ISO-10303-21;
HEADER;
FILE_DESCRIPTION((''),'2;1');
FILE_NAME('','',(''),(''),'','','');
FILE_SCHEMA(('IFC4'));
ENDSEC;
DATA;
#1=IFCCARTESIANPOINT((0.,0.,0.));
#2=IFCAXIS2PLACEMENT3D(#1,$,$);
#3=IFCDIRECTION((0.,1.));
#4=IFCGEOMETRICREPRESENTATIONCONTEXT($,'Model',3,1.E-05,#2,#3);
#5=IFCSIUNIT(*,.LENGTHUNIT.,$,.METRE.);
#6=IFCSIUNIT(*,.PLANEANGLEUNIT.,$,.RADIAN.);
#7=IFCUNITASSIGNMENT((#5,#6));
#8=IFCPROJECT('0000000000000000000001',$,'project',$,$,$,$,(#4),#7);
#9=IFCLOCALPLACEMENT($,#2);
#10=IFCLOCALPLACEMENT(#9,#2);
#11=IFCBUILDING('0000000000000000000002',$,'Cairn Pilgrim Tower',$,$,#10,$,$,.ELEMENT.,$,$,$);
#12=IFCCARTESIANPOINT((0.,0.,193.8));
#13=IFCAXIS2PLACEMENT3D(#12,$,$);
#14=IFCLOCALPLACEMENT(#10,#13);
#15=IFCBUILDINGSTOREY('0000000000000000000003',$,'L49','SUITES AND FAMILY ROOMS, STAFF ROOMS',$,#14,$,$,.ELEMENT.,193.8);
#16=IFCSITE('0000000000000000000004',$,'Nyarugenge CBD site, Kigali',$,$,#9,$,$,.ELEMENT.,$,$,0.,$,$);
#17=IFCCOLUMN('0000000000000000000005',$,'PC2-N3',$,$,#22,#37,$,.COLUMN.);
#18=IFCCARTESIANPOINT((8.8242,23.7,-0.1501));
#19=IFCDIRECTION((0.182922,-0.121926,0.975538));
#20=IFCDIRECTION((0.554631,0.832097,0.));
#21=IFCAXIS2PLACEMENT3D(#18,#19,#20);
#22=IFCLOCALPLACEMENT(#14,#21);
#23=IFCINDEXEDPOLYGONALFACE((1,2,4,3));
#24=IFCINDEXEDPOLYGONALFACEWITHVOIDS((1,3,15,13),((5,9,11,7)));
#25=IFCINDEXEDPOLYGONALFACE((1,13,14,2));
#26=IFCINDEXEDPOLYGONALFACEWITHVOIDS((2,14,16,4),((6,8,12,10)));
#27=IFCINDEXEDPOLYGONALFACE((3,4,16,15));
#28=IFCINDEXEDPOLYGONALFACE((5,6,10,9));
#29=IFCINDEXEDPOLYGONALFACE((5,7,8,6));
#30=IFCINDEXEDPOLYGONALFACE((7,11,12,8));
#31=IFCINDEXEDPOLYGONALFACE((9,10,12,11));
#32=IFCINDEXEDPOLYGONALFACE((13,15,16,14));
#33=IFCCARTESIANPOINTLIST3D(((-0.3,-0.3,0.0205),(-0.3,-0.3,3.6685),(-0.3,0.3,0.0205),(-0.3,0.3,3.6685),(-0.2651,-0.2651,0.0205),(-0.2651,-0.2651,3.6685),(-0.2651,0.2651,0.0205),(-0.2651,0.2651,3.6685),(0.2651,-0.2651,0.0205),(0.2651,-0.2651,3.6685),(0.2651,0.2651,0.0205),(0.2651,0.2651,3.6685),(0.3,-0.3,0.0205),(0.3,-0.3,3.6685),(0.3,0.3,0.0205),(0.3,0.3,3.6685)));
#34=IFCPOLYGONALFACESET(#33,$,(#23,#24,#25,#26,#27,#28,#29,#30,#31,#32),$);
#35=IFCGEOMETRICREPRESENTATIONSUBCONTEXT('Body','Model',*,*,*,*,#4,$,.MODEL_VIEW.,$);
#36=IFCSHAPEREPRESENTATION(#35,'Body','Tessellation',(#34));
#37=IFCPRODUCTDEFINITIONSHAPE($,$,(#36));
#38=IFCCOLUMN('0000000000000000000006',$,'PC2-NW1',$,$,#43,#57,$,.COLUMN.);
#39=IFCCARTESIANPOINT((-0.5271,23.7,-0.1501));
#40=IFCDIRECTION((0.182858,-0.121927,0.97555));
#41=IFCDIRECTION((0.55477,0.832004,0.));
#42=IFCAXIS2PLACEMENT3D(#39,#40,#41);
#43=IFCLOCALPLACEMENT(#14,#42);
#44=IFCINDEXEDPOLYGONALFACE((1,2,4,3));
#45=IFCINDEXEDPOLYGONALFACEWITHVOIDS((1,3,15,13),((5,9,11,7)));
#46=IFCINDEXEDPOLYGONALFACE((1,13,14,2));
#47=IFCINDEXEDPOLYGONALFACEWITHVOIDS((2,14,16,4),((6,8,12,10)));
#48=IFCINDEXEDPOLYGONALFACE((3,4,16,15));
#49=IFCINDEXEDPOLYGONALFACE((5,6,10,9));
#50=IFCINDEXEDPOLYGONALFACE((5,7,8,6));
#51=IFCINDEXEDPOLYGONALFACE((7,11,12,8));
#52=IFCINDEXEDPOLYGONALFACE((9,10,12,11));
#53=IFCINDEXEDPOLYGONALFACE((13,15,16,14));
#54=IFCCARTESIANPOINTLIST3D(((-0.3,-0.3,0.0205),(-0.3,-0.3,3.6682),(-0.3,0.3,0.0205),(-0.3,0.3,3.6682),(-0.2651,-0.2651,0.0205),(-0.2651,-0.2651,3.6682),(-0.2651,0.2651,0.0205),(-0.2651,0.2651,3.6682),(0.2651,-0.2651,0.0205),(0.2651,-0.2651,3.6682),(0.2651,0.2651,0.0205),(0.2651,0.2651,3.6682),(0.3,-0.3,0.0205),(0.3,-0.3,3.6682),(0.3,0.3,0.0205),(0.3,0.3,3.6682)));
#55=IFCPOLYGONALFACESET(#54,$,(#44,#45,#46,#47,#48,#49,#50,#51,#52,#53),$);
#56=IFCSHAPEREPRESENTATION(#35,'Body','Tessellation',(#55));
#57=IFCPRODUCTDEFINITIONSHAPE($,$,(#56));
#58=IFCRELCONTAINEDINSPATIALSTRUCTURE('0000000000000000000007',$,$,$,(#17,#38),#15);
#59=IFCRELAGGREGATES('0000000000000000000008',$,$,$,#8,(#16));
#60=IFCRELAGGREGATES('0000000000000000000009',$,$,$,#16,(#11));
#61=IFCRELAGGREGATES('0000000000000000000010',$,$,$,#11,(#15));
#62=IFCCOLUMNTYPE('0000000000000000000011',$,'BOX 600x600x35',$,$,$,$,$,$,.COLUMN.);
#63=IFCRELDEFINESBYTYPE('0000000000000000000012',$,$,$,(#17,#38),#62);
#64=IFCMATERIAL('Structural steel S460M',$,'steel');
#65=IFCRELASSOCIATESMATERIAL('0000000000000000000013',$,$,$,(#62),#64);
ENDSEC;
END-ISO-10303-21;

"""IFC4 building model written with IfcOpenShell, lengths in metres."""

from ifc_helpers import new_model, si_unit, direction, frame, origin, origin_2d, place, context, subcontext, project, spatial, hollow_rectangle, extrude, clip, halfspace, material, material_profile, profile_set, type_object, element, save


model = new_model("IFC4")

# Units and contexts
model_context = context("Model", 3, precision=1e-05, world=origin(), true_north=direction((0.0, 1.0)))
body_context = subcontext(model_context, "Body", "Model", "MODEL_VIEW")
ifc_project = project(units=[si_unit("LENGTHUNIT", "METRE"), si_unit("PLANEANGLEUNIT", "RADIAN")], contexts=[model_context])

# Site, building, storey
site_placement = place(None, origin())
site = spatial("IfcSite", under=ifc_project, at=site_placement, Name="Nyarugenge CBD site, Kigali", CompositionType="ELEMENT", RefElevation=0.0)
building_placement = place(site_placement, origin())
building = spatial("IfcBuilding", under=site, at=building_placement, Name="Cairn Pilgrim Tower", CompositionType="ELEMENT")
storey_placement = place(building_placement, frame((0.0, 0.0, 193.8)))
storey = spatial("IfcBuildingStorey", under=building, at=storey_placement, Name="L49", Description="SUITES AND FAMILY ROOMS, STAFF ROOMS", CompositionType="ELEMENT", Elevation=193.8)

# Columns
ifc_material_1 = material(Name="Structural steel S460M", Category="steel")
ifc_material_profile_1 = material_profile(ifc_material_1, hollow_rectangle(XDim=0.6001, YDim=0.6001, WallThickness=0.0349, at=origin_2d()), Name="BOX 600x600x35")
ifc_profile_set_1 = profile_set([ifc_material_profile_1], Name="Structural steel S460M")
column_type_1 = type_object("IfcColumnType", Name="BOX 600x600x35", PredefinedType="COLUMN", material=ifc_profile_set_1)
column_1_placement = place(storey_placement, frame((8.8242, 23.7, -0.1501), z_axis=(0.182922, -0.121926, 0.975538), x_axis=(0.554631, 0.832097, 0.0)))
element("IfcColumn", 1, at=column_1_placement, inside=storey, type_object=column_type_1, Name="PC2-N3", PredefinedType="COLUMN", context=body_context, shape_type="Clipping", body=[
    clip(clip(extrude(hollow_rectangle(XDim=0.6001, YDim=0.6001, WallThickness=0.0349, at=origin_2d()), origin(), (0.0, 0.0, 1.0), 3.6904), halfspace(frame((0.0, 0.0, 0.0205), z_axis=(0.0, 0.0, 1.0), x_axis=(1.0, 0.0, 0.0)), True)), halfspace(frame((0.0, 0.0, 3.6685), z_axis=(0.0, 0.0, 1.0), x_axis=(1.0, 0.0, 0.0)), False)),
])
column_2_placement = place(storey_placement, frame((-0.5271, 23.7, -0.1501), z_axis=(0.182858, -0.121927, 0.97555), x_axis=(0.55477, 0.832004, 0.0)))
element("IfcColumn", 2, at=column_2_placement, inside=storey, type_object=column_type_1, Name="PC2-NW1", PredefinedType="COLUMN", context=body_context, shape_type="Clipping", body=[
    clip(clip(extrude(hollow_rectangle(XDim=0.6001, YDim=0.6001, WallThickness=0.0349, at=origin_2d()), origin(), (0.0, 0.0, 1.0), 3.6904), halfspace(frame((0.0, 0.0, 0.0205), z_axis=(0.0, 0.0, 1.0), x_axis=(1.0, 0.0, 0.0)), True)), halfspace(frame((0.0, 0.0, 3.6682), z_axis=(0.0, 0.0, 1.0), x_axis=(1.0, 0.0, 0.0)), False)),
])

save(model, "model.ifc")
